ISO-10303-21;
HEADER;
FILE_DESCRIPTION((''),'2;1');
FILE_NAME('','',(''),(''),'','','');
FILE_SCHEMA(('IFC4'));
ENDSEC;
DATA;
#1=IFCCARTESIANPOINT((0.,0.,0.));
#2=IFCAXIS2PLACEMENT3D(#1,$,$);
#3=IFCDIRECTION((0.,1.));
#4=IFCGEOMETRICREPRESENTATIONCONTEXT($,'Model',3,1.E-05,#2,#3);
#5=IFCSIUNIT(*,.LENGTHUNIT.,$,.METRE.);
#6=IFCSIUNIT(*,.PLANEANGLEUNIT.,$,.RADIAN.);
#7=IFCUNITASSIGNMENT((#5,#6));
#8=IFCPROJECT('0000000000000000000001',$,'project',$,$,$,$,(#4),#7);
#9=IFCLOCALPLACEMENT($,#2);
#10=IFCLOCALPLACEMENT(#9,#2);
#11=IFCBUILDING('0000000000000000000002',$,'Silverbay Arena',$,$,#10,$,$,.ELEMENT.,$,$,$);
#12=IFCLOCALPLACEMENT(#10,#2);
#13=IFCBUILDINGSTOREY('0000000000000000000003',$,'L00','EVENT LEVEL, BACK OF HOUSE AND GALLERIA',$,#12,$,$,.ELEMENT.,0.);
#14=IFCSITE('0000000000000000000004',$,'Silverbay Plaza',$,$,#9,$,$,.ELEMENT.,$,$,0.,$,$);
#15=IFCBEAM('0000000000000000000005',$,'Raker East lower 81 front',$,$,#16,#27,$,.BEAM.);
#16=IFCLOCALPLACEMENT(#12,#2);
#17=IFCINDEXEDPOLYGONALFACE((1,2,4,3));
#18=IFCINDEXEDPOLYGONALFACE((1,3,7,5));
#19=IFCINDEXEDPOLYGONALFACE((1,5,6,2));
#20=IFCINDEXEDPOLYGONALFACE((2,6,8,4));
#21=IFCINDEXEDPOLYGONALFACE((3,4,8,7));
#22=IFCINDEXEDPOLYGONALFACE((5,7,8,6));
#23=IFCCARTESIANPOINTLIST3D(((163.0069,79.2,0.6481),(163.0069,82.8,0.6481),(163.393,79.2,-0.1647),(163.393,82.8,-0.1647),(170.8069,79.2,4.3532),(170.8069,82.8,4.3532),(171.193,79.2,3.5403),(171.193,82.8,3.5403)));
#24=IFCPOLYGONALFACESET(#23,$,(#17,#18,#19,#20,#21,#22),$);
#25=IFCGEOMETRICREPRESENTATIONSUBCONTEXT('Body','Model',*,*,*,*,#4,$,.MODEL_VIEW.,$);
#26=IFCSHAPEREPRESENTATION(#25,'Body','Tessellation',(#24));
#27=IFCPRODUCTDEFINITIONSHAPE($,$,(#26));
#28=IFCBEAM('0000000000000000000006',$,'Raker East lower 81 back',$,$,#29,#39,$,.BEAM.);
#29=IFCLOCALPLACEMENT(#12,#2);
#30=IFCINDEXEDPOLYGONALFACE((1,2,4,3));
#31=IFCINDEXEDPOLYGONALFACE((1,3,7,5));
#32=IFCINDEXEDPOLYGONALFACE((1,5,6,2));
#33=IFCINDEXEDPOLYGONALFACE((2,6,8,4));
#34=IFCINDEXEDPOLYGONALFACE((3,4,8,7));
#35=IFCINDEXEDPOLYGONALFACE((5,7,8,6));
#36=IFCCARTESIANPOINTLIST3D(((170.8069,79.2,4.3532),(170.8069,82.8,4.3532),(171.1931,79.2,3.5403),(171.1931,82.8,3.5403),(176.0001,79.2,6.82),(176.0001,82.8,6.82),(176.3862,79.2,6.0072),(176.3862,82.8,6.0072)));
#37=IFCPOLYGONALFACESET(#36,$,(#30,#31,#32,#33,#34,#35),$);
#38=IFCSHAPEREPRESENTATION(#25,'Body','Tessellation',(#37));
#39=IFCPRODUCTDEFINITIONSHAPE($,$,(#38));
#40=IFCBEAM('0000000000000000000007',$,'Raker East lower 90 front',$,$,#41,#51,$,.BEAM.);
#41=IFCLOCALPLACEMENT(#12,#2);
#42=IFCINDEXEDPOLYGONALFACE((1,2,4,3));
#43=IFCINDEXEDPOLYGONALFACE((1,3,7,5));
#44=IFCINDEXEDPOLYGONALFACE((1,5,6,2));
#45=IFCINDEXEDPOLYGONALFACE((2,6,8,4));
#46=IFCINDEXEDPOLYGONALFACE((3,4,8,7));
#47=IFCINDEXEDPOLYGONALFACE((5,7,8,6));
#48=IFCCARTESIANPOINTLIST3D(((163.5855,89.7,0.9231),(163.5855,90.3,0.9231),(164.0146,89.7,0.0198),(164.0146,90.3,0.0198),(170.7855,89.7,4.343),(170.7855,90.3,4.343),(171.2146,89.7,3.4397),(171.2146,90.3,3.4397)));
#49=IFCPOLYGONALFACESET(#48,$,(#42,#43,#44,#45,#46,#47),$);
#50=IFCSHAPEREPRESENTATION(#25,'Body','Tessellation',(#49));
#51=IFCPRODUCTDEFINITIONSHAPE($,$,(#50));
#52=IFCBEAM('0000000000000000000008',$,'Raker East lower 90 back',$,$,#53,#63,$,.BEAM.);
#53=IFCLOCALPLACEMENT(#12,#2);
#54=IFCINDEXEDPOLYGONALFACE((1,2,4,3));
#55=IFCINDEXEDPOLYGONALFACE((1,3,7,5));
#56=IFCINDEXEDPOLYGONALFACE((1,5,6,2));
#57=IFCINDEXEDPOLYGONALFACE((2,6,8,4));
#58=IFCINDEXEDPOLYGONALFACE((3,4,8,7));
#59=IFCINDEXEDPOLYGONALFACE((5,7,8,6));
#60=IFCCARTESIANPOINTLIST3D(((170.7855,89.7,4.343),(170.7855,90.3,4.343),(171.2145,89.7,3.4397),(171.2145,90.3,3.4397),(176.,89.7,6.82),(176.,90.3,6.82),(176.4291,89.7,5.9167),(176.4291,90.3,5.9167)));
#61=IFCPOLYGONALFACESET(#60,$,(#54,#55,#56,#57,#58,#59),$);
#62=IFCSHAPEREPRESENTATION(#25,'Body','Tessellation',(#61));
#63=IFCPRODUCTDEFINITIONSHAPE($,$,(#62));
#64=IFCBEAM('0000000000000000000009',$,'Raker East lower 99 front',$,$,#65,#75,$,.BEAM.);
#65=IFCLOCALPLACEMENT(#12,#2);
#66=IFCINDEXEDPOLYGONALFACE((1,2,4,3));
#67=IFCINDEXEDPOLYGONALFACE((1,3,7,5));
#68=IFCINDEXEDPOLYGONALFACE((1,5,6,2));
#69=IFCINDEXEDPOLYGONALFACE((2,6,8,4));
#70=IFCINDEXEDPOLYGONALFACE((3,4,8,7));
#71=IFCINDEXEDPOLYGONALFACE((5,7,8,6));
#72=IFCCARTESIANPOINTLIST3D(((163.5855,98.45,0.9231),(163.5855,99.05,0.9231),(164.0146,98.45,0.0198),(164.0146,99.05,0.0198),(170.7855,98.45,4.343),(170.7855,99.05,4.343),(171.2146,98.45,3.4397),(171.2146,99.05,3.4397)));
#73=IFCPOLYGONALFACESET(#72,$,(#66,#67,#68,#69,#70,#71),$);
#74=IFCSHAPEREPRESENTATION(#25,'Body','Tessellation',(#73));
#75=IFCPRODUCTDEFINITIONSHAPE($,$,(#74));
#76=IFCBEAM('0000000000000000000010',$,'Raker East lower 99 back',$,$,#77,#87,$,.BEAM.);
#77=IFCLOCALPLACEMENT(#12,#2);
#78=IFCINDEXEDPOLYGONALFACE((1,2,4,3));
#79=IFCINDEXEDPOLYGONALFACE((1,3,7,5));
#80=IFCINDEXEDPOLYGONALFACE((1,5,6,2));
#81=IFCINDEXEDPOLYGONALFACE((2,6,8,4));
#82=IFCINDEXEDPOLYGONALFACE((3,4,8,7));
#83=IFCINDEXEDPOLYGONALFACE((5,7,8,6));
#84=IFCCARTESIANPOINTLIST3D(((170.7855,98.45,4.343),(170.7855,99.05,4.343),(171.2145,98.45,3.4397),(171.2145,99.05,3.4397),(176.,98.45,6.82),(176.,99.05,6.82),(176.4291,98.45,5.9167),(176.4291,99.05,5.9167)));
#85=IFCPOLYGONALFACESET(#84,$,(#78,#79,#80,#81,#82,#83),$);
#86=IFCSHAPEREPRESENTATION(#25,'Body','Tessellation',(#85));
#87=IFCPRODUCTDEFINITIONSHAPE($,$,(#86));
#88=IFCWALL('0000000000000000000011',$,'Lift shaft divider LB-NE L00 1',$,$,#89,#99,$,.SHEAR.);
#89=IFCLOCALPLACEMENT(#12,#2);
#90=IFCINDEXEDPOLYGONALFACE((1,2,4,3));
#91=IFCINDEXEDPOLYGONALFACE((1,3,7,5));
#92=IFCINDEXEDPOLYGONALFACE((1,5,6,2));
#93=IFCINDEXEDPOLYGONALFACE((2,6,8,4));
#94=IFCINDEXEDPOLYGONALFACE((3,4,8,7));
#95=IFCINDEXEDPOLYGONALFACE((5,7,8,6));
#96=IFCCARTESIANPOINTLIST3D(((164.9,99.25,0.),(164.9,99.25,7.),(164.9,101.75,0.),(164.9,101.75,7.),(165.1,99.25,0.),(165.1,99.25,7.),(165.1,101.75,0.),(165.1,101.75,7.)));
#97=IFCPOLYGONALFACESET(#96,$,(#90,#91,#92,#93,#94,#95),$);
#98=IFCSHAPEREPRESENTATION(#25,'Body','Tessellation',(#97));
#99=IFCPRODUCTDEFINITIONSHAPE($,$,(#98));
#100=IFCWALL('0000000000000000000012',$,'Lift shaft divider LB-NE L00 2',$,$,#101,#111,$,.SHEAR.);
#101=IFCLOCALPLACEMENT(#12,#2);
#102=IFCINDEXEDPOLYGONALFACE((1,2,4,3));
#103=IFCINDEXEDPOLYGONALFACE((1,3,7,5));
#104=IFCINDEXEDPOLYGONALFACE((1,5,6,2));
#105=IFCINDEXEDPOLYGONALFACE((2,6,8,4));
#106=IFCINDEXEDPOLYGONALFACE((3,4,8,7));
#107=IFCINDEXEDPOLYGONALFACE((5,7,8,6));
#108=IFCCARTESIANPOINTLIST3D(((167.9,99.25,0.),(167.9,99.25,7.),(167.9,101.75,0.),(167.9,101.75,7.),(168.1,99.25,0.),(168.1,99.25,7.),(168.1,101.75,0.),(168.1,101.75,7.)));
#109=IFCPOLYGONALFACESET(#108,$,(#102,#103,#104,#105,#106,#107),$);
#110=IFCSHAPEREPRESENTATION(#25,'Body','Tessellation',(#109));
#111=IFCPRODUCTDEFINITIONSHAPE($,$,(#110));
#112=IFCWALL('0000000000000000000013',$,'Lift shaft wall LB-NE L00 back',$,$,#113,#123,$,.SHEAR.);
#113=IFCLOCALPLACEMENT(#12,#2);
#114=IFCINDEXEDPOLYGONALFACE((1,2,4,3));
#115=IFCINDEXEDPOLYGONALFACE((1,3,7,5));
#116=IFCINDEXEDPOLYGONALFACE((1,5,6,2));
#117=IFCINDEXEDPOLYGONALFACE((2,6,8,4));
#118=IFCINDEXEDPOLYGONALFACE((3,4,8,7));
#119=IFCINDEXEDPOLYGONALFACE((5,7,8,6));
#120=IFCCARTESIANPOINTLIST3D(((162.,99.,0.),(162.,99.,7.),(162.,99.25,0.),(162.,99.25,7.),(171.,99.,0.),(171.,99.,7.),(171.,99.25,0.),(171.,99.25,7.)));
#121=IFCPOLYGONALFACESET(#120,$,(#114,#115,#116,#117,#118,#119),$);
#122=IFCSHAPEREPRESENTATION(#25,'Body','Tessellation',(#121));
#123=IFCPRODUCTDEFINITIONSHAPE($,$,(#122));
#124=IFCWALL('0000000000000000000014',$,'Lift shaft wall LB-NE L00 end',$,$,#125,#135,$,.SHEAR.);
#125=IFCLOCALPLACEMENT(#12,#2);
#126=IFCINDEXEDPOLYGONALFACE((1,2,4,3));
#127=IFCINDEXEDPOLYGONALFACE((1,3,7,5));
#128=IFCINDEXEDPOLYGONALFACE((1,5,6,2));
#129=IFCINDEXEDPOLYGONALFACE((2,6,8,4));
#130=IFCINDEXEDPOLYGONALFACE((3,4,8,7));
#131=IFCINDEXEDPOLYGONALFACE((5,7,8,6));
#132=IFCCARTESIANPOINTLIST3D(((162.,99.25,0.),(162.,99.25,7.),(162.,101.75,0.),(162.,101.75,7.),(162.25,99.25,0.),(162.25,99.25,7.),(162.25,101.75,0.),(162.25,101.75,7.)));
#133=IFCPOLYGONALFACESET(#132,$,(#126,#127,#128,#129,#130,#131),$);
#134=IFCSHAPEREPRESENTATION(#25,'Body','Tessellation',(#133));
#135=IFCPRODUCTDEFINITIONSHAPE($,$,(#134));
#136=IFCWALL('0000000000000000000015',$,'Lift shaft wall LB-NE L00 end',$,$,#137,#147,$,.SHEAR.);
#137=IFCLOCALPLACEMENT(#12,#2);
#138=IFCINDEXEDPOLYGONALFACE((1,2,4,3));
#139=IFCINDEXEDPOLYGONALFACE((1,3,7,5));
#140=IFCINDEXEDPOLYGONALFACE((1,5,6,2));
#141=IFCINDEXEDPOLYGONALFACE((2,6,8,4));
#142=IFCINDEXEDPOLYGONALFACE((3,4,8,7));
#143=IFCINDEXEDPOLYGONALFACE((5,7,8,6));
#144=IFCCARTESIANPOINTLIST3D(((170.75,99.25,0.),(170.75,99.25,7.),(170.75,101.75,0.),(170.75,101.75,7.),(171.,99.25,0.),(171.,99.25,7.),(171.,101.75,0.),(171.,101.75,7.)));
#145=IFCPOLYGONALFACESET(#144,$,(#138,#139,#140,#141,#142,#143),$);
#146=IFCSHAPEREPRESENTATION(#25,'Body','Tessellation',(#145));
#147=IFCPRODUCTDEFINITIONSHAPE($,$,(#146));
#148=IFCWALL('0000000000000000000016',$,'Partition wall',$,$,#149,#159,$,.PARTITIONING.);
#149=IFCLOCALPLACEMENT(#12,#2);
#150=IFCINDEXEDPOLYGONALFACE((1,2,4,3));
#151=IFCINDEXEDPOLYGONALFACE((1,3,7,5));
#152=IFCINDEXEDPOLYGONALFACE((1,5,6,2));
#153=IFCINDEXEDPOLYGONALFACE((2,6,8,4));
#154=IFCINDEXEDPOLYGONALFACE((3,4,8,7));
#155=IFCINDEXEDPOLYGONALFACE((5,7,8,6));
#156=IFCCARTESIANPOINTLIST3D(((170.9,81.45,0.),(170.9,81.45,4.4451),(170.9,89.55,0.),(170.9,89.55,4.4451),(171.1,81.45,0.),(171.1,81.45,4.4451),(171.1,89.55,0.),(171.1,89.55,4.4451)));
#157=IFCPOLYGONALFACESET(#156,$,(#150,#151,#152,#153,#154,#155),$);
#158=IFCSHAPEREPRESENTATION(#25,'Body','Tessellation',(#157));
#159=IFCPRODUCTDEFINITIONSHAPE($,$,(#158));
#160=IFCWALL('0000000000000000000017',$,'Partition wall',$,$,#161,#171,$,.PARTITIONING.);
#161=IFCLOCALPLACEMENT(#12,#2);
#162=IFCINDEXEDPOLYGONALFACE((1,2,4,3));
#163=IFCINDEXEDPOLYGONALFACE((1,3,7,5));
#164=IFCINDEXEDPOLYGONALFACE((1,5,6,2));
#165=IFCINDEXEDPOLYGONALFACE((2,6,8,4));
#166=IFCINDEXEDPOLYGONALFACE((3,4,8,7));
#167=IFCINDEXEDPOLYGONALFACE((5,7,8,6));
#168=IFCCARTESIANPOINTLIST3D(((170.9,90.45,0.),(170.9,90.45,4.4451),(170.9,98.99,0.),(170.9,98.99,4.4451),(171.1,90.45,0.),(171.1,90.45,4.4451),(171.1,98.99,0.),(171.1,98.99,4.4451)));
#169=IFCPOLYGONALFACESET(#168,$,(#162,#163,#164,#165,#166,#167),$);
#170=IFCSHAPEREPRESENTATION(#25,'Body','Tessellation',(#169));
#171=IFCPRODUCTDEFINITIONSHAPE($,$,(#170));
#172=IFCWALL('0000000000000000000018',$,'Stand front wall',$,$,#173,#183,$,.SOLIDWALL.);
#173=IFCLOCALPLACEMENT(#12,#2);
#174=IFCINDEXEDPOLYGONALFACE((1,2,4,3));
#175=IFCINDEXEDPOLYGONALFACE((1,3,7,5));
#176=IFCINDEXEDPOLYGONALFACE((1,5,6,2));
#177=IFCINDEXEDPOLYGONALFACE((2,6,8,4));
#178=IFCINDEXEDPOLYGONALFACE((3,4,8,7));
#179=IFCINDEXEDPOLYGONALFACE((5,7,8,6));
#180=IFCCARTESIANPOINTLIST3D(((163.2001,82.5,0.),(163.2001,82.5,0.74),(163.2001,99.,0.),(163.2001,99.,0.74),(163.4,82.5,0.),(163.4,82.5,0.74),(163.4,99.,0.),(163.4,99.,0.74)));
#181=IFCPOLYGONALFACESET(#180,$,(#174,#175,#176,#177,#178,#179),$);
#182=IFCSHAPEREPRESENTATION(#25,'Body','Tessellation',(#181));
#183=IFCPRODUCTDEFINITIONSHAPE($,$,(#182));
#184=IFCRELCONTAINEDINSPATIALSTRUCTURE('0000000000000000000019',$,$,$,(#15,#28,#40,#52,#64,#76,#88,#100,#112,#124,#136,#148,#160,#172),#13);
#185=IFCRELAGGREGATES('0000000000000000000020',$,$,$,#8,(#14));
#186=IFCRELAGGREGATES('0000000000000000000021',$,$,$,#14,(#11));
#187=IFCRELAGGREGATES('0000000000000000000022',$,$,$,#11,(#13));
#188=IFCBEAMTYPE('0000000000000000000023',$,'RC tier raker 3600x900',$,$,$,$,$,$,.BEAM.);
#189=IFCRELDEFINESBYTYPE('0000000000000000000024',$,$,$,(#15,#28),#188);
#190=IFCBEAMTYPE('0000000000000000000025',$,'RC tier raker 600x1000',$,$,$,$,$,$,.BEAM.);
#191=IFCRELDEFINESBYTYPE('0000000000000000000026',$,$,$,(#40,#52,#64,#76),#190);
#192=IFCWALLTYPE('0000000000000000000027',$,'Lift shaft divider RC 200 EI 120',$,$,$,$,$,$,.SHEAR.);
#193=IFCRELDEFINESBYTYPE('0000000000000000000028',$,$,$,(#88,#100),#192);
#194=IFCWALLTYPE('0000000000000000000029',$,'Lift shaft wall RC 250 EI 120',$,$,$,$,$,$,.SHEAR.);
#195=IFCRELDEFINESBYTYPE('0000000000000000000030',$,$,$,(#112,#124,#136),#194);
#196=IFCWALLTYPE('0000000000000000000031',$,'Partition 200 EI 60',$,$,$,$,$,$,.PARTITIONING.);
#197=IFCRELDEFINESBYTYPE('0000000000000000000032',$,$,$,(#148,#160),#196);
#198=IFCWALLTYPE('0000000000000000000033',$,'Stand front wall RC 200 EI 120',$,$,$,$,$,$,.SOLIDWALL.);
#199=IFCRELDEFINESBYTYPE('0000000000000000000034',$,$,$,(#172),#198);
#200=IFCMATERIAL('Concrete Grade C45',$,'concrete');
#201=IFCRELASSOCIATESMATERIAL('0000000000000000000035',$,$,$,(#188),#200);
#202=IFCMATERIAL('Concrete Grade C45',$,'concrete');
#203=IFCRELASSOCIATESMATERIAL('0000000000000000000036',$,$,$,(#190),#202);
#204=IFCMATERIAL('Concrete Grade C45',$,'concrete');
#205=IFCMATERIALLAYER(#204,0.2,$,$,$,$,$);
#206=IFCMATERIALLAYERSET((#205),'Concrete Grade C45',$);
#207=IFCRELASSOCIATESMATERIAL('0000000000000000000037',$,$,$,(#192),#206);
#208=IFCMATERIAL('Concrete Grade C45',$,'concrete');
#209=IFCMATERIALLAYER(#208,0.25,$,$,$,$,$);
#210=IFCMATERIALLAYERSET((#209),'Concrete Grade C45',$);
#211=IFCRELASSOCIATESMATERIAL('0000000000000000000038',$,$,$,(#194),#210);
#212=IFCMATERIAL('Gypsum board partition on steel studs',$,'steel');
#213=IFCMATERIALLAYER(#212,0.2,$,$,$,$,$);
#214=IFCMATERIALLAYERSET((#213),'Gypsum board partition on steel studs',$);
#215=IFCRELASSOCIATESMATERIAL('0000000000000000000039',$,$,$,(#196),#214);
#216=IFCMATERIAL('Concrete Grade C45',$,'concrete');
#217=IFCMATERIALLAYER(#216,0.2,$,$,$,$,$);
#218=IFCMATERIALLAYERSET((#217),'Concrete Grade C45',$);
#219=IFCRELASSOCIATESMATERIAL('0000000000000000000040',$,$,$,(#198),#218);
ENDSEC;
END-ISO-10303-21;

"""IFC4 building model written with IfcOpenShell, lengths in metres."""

from ifc_helpers import new_model, si_unit, direction, frame, frame_2d, origin, origin_2d, place, context, subcontext, project, spatial, rectangle, extrude, material, layer, layer_set, material_profile, profile_set, type_object, element, save


model = new_model("IFC4")

# Units and contexts
model_context = context("Model", 3, precision=1e-05, world=origin(), true_north=direction((0.0, 1.0)))
body_context = subcontext(model_context, "Body", "Model", "MODEL_VIEW")
ifc_project = project(units=[si_unit("LENGTHUNIT", "METRE"), si_unit("PLANEANGLEUNIT", "RADIAN")], contexts=[model_context])

# Site, building, storey
site_placement = place(None, origin())
site = spatial("IfcSite", under=ifc_project, at=site_placement, Name="Silverbay Plaza", CompositionType="ELEMENT", RefElevation=0.0)
building_placement = place(site_placement, origin())
building = spatial("IfcBuilding", under=site, at=building_placement, Name="Silverbay Arena", CompositionType="ELEMENT")
storey_placement = place(building_placement, origin())
storey = spatial("IfcBuildingStorey", under=building, at=storey_placement, Name="L00", Description="EVENT LEVEL, BACK OF HOUSE AND GALLERIA", CompositionType="ELEMENT", Elevation=0.0)

# Beams
ifc_material_1 = material(Name="Concrete Grade C45", Category="concrete")
ifc_material_profile_1 = material_profile(ifc_material_1, rectangle(XDim=3.6001, YDim=0.8999, at=origin_2d()), Name="RC 3600x900")
ifc_profile_set_1 = profile_set([ifc_material_profile_1], Name="Concrete Grade C45")
beam_type_1 = type_object("IfcBeamType", Name="RC tier raker 3600x900", PredefinedType="BEAM", material=ifc_profile_set_1)
beam_1_placement = place(storey_placement, frame((163.2, 81.0, 0.2417), z_axis=(0.903275, 0.0, 0.429062), x_axis=(0.0, 1.0, 0.0)))
element("IfcBeam", 1, at=beam_1_placement, inside=storey, type_object=beam_type_1, Name="Raker East lower 81 front", PredefinedType="BEAM", context=body_context, shape_type="SweptSolid", body=[
    extrude(rectangle(XDim=3.6001, YDim=0.8999, at=origin_2d()), origin(), (0.0, 0.0, 1.0), 8.6353),
])
beam_2_placement = place(storey_placement, frame((171.0, 81.0, 3.9468), z_axis=(0.903273, 0.0, 0.429066), x_axis=(0.0, 1.0, 0.0)))
element("IfcBeam", 2, at=beam_2_placement, inside=storey, type_object=beam_type_1, Name="Raker East lower 81 back", PredefinedType="BEAM", context=body_context, shape_type="SweptSolid", body=[
    extrude(rectangle(XDim=3.6001, YDim=0.8999, at=origin_2d()), origin(), (0.0, 0.0, 1.0), 5.7493),
])
ifc_material_2 = material(Name="Concrete Grade C45", Category="concrete")
ifc_material_profile_2 = material_profile(ifc_material_2, rectangle(XDim=0.6001, YDim=1.0, at=origin_2d()), Name="RC 600x1000")
ifc_profile_set_2 = profile_set([ifc_material_profile_2], Name="Concrete Grade C45")
beam_type_2 = type_object("IfcBeamType", Name="RC tier raker 600x1000", PredefinedType="BEAM", material=ifc_profile_set_2)
beam_3_placement = place(storey_placement, frame((163.8, 90.0, 0.4714), z_axis=(0.90328, 0.0, 0.429051), x_axis=(0.0, 1.0, 0.0)))
element("IfcBeam", 3, at=beam_3_placement, inside=storey, type_object=beam_type_2, Name="Raker East lower 90 front", PredefinedType="BEAM", context=body_context, shape_type="SweptSolid", body=[
    extrude(rectangle(XDim=0.6001, YDim=1.0, at=origin_2d()), origin(), (0.0, 0.0, 1.0), 7.9709),
])
beam_4_placement = place(storey_placement, frame((171.0, 90.0, 3.8914), z_axis=(0.90327, 0.0, 0.429073), x_axis=(0.0, 1.0, 0.0)))
element("IfcBeam", 4, at=beam_4_placement, inside=storey, type_object=beam_type_2, Name="Raker East lower 90 back", PredefinedType="BEAM", context=body_context, shape_type="SweptSolid", body=[
    extrude(rectangle(XDim=0.6001, YDim=1.0, at=origin_2d()), origin(), (0.0, 0.0, 1.0), 5.7729),
])
beam_5_placement = place(storey_placement, frame((163.8, 98.75, 0.4714), z_axis=(0.90328, 0.0, 0.429051), x_axis=(0.0, 1.0, 0.0)))
element("IfcBeam", 5, at=beam_5_placement, inside=storey, type_object=beam_type_2, Name="Raker East lower 99 front", PredefinedType="BEAM", context=body_context, shape_type="SweptSolid", body=[
    extrude(rectangle(XDim=0.6001, YDim=1.0, at=origin_2d()), origin(), (0.0, 0.0, 1.0), 7.9709),
])
beam_6_placement = place(storey_placement, frame((171.0, 98.75, 3.8914), z_axis=(0.90327, 0.0, 0.429073), x_axis=(0.0, 1.0, 0.0)))
element("IfcBeam", 6, at=beam_6_placement, inside=storey, type_object=beam_type_2, Name="Raker East lower 99 back", PredefinedType="BEAM", context=body_context, shape_type="SweptSolid", body=[
    extrude(rectangle(XDim=0.6001, YDim=1.0, at=origin_2d()), origin(), (0.0, 0.0, 1.0), 5.7729),
])

# Walls
ifc_material_3 = material(Name="Concrete Grade C45", Category="concrete")
ifc_layer_1 = layer(ifc_material_3, 0.2)
ifc_layer_set_1 = layer_set([ifc_layer_1], Name="Concrete Grade C45")
wall_type_1 = type_object("IfcWallType", Name="Lift shaft divider RC 200 EI 120", PredefinedType="SHEAR", material=ifc_layer_set_1)
for number, where, z_axis, x_axis, name in (
    (7, (165.0, 99.25, 0.0), (0.0, 0.0, 1.0), (0.0, 1.0, 0.0), "Lift shaft divider LB-NE L00 1"),
    (8, (168.0, 99.25, 0.0), (0.0, 0.0, 1.0), (0.0, 1.0, 0.0), "Lift shaft divider LB-NE L00 2"),
):
    element("IfcWall", number, at=place(storey_placement, frame(where, z_axis=z_axis, x_axis=x_axis)), inside=storey, type_object=wall_type_1, Name=name, PredefinedType="SHEAR", context=body_context, shape_type="SweptSolid", body=[
        extrude(rectangle(XDim=2.5, YDim=0.2, at=frame_2d((1.25, 0.0))), origin(), (0.0, 0.0, 1.0), 7.0),
    ])
ifc_material_4 = material(Name="Concrete Grade C45", Category="concrete")
ifc_layer_2 = layer(ifc_material_4, 0.25)
ifc_layer_set_2 = layer_set([ifc_layer_2], Name="Concrete Grade C45")
wall_type_2 = type_object("IfcWallType", Name="Lift shaft wall RC 250 EI 120", PredefinedType="SHEAR", material=ifc_layer_set_2)
wall_1_placement = place(storey_placement, frame((162.0, 99.125, 0.0), z_axis=(0.0, 0.0, 1.0), x_axis=(1.0, 0.0, 0.0)))
element("IfcWall", 9, at=wall_1_placement, inside=storey, type_object=wall_type_2, Name="Lift shaft wall LB-NE L00 back", PredefinedType="SHEAR", context=body_context, shape_type="SweptSolid", body=[
    extrude(rectangle(XDim=9.0, YDim=0.25, at=frame_2d((4.5, 0.0))), origin(), (0.0, 0.0, 1.0), 7.0),
])
for number, where, z_axis, x_axis, name in (
    (10, (162.125, 99.25, 0.0), (0.0, 0.0, 1.0), (0.0, 1.0, 0.0), "Lift shaft wall LB-NE L00 end"),
    (11, (170.875, 99.25, 0.0), (0.0, 0.0, 1.0), (0.0, 1.0, 0.0), "Lift shaft wall LB-NE L00 end"),
):
    element("IfcWall", number, at=place(storey_placement, frame(where, z_axis=z_axis, x_axis=x_axis)), inside=storey, type_object=wall_type_2, Name=name, PredefinedType="SHEAR", context=body_context, shape_type="SweptSolid", body=[
        extrude(rectangle(XDim=2.5, YDim=0.25, at=frame_2d((1.25, 0.0))), origin(), (0.0, 0.0, 1.0), 7.0),
    ])
ifc_material_5 = material(Name="Gypsum board partition on steel studs", Category="steel")
ifc_layer_3 = layer(ifc_material_5, 0.2)
ifc_layer_set_3 = layer_set([ifc_layer_3], Name="Gypsum board partition on steel studs")
wall_type_3 = type_object("IfcWallType", Name="Partition 200 EI 60", PredefinedType="PARTITIONING", material=ifc_layer_set_3)
wall_2_placement = place(storey_placement, frame((171.0, 81.45, 0.0), z_axis=(0.0, 0.0, 1.0), x_axis=(0.0, 1.0, 0.0)))
element("IfcWall", 12, at=wall_2_placement, inside=storey, type_object=wall_type_3, Name="Partition wall", PredefinedType="PARTITIONING", context=body_context, shape_type="SweptSolid", body=[
    extrude(rectangle(XDim=8.1001, YDim=0.2, at=frame_2d((4.05, 0.0))), origin(), (0.0, 0.0, 1.0), 4.4451),
])
wall_3_placement = place(storey_placement, frame((171.0, 90.45, 0.0), z_axis=(0.0, 0.0, 1.0), x_axis=(0.0, 1.0, 0.0)))
element("IfcWall", 13, at=wall_3_placement, inside=storey, type_object=wall_type_3, Name="Partition wall", PredefinedType="PARTITIONING", context=body_context, shape_type="SweptSolid", body=[
    extrude(rectangle(XDim=8.54, YDim=0.2, at=frame_2d((4.27, 0.0))), origin(), (0.0, 0.0, 1.0), 4.4451),
])
ifc_material_6 = material(Name="Concrete Grade C45", Category="concrete")
ifc_layer_4 = layer(ifc_material_6, 0.2)
ifc_layer_set_4 = layer_set([ifc_layer_4], Name="Concrete Grade C45")
wall_type_4 = type_object("IfcWallType", Name="Stand front wall RC 200 EI 120", PredefinedType="SOLIDWALL", material=ifc_layer_set_4)
wall_4_placement = place(storey_placement, frame((163.3, 82.5, 0.0), z_axis=(0.0, 0.0, 1.0), x_axis=(0.0, 1.0, 0.0)))
element("IfcWall", 14, at=wall_4_placement, inside=storey, type_object=wall_type_4, Name="Stand front wall", PredefinedType="SOLIDWALL", context=body_context, shape_type="SweptSolid", body=[
    extrude(rectangle(XDim=16.5, YDim=0.2, at=frame_2d((8.25, 0.0))), origin(), (0.0, 0.0, 1.0), 0.74),
])

save(model, "model.ifc")
